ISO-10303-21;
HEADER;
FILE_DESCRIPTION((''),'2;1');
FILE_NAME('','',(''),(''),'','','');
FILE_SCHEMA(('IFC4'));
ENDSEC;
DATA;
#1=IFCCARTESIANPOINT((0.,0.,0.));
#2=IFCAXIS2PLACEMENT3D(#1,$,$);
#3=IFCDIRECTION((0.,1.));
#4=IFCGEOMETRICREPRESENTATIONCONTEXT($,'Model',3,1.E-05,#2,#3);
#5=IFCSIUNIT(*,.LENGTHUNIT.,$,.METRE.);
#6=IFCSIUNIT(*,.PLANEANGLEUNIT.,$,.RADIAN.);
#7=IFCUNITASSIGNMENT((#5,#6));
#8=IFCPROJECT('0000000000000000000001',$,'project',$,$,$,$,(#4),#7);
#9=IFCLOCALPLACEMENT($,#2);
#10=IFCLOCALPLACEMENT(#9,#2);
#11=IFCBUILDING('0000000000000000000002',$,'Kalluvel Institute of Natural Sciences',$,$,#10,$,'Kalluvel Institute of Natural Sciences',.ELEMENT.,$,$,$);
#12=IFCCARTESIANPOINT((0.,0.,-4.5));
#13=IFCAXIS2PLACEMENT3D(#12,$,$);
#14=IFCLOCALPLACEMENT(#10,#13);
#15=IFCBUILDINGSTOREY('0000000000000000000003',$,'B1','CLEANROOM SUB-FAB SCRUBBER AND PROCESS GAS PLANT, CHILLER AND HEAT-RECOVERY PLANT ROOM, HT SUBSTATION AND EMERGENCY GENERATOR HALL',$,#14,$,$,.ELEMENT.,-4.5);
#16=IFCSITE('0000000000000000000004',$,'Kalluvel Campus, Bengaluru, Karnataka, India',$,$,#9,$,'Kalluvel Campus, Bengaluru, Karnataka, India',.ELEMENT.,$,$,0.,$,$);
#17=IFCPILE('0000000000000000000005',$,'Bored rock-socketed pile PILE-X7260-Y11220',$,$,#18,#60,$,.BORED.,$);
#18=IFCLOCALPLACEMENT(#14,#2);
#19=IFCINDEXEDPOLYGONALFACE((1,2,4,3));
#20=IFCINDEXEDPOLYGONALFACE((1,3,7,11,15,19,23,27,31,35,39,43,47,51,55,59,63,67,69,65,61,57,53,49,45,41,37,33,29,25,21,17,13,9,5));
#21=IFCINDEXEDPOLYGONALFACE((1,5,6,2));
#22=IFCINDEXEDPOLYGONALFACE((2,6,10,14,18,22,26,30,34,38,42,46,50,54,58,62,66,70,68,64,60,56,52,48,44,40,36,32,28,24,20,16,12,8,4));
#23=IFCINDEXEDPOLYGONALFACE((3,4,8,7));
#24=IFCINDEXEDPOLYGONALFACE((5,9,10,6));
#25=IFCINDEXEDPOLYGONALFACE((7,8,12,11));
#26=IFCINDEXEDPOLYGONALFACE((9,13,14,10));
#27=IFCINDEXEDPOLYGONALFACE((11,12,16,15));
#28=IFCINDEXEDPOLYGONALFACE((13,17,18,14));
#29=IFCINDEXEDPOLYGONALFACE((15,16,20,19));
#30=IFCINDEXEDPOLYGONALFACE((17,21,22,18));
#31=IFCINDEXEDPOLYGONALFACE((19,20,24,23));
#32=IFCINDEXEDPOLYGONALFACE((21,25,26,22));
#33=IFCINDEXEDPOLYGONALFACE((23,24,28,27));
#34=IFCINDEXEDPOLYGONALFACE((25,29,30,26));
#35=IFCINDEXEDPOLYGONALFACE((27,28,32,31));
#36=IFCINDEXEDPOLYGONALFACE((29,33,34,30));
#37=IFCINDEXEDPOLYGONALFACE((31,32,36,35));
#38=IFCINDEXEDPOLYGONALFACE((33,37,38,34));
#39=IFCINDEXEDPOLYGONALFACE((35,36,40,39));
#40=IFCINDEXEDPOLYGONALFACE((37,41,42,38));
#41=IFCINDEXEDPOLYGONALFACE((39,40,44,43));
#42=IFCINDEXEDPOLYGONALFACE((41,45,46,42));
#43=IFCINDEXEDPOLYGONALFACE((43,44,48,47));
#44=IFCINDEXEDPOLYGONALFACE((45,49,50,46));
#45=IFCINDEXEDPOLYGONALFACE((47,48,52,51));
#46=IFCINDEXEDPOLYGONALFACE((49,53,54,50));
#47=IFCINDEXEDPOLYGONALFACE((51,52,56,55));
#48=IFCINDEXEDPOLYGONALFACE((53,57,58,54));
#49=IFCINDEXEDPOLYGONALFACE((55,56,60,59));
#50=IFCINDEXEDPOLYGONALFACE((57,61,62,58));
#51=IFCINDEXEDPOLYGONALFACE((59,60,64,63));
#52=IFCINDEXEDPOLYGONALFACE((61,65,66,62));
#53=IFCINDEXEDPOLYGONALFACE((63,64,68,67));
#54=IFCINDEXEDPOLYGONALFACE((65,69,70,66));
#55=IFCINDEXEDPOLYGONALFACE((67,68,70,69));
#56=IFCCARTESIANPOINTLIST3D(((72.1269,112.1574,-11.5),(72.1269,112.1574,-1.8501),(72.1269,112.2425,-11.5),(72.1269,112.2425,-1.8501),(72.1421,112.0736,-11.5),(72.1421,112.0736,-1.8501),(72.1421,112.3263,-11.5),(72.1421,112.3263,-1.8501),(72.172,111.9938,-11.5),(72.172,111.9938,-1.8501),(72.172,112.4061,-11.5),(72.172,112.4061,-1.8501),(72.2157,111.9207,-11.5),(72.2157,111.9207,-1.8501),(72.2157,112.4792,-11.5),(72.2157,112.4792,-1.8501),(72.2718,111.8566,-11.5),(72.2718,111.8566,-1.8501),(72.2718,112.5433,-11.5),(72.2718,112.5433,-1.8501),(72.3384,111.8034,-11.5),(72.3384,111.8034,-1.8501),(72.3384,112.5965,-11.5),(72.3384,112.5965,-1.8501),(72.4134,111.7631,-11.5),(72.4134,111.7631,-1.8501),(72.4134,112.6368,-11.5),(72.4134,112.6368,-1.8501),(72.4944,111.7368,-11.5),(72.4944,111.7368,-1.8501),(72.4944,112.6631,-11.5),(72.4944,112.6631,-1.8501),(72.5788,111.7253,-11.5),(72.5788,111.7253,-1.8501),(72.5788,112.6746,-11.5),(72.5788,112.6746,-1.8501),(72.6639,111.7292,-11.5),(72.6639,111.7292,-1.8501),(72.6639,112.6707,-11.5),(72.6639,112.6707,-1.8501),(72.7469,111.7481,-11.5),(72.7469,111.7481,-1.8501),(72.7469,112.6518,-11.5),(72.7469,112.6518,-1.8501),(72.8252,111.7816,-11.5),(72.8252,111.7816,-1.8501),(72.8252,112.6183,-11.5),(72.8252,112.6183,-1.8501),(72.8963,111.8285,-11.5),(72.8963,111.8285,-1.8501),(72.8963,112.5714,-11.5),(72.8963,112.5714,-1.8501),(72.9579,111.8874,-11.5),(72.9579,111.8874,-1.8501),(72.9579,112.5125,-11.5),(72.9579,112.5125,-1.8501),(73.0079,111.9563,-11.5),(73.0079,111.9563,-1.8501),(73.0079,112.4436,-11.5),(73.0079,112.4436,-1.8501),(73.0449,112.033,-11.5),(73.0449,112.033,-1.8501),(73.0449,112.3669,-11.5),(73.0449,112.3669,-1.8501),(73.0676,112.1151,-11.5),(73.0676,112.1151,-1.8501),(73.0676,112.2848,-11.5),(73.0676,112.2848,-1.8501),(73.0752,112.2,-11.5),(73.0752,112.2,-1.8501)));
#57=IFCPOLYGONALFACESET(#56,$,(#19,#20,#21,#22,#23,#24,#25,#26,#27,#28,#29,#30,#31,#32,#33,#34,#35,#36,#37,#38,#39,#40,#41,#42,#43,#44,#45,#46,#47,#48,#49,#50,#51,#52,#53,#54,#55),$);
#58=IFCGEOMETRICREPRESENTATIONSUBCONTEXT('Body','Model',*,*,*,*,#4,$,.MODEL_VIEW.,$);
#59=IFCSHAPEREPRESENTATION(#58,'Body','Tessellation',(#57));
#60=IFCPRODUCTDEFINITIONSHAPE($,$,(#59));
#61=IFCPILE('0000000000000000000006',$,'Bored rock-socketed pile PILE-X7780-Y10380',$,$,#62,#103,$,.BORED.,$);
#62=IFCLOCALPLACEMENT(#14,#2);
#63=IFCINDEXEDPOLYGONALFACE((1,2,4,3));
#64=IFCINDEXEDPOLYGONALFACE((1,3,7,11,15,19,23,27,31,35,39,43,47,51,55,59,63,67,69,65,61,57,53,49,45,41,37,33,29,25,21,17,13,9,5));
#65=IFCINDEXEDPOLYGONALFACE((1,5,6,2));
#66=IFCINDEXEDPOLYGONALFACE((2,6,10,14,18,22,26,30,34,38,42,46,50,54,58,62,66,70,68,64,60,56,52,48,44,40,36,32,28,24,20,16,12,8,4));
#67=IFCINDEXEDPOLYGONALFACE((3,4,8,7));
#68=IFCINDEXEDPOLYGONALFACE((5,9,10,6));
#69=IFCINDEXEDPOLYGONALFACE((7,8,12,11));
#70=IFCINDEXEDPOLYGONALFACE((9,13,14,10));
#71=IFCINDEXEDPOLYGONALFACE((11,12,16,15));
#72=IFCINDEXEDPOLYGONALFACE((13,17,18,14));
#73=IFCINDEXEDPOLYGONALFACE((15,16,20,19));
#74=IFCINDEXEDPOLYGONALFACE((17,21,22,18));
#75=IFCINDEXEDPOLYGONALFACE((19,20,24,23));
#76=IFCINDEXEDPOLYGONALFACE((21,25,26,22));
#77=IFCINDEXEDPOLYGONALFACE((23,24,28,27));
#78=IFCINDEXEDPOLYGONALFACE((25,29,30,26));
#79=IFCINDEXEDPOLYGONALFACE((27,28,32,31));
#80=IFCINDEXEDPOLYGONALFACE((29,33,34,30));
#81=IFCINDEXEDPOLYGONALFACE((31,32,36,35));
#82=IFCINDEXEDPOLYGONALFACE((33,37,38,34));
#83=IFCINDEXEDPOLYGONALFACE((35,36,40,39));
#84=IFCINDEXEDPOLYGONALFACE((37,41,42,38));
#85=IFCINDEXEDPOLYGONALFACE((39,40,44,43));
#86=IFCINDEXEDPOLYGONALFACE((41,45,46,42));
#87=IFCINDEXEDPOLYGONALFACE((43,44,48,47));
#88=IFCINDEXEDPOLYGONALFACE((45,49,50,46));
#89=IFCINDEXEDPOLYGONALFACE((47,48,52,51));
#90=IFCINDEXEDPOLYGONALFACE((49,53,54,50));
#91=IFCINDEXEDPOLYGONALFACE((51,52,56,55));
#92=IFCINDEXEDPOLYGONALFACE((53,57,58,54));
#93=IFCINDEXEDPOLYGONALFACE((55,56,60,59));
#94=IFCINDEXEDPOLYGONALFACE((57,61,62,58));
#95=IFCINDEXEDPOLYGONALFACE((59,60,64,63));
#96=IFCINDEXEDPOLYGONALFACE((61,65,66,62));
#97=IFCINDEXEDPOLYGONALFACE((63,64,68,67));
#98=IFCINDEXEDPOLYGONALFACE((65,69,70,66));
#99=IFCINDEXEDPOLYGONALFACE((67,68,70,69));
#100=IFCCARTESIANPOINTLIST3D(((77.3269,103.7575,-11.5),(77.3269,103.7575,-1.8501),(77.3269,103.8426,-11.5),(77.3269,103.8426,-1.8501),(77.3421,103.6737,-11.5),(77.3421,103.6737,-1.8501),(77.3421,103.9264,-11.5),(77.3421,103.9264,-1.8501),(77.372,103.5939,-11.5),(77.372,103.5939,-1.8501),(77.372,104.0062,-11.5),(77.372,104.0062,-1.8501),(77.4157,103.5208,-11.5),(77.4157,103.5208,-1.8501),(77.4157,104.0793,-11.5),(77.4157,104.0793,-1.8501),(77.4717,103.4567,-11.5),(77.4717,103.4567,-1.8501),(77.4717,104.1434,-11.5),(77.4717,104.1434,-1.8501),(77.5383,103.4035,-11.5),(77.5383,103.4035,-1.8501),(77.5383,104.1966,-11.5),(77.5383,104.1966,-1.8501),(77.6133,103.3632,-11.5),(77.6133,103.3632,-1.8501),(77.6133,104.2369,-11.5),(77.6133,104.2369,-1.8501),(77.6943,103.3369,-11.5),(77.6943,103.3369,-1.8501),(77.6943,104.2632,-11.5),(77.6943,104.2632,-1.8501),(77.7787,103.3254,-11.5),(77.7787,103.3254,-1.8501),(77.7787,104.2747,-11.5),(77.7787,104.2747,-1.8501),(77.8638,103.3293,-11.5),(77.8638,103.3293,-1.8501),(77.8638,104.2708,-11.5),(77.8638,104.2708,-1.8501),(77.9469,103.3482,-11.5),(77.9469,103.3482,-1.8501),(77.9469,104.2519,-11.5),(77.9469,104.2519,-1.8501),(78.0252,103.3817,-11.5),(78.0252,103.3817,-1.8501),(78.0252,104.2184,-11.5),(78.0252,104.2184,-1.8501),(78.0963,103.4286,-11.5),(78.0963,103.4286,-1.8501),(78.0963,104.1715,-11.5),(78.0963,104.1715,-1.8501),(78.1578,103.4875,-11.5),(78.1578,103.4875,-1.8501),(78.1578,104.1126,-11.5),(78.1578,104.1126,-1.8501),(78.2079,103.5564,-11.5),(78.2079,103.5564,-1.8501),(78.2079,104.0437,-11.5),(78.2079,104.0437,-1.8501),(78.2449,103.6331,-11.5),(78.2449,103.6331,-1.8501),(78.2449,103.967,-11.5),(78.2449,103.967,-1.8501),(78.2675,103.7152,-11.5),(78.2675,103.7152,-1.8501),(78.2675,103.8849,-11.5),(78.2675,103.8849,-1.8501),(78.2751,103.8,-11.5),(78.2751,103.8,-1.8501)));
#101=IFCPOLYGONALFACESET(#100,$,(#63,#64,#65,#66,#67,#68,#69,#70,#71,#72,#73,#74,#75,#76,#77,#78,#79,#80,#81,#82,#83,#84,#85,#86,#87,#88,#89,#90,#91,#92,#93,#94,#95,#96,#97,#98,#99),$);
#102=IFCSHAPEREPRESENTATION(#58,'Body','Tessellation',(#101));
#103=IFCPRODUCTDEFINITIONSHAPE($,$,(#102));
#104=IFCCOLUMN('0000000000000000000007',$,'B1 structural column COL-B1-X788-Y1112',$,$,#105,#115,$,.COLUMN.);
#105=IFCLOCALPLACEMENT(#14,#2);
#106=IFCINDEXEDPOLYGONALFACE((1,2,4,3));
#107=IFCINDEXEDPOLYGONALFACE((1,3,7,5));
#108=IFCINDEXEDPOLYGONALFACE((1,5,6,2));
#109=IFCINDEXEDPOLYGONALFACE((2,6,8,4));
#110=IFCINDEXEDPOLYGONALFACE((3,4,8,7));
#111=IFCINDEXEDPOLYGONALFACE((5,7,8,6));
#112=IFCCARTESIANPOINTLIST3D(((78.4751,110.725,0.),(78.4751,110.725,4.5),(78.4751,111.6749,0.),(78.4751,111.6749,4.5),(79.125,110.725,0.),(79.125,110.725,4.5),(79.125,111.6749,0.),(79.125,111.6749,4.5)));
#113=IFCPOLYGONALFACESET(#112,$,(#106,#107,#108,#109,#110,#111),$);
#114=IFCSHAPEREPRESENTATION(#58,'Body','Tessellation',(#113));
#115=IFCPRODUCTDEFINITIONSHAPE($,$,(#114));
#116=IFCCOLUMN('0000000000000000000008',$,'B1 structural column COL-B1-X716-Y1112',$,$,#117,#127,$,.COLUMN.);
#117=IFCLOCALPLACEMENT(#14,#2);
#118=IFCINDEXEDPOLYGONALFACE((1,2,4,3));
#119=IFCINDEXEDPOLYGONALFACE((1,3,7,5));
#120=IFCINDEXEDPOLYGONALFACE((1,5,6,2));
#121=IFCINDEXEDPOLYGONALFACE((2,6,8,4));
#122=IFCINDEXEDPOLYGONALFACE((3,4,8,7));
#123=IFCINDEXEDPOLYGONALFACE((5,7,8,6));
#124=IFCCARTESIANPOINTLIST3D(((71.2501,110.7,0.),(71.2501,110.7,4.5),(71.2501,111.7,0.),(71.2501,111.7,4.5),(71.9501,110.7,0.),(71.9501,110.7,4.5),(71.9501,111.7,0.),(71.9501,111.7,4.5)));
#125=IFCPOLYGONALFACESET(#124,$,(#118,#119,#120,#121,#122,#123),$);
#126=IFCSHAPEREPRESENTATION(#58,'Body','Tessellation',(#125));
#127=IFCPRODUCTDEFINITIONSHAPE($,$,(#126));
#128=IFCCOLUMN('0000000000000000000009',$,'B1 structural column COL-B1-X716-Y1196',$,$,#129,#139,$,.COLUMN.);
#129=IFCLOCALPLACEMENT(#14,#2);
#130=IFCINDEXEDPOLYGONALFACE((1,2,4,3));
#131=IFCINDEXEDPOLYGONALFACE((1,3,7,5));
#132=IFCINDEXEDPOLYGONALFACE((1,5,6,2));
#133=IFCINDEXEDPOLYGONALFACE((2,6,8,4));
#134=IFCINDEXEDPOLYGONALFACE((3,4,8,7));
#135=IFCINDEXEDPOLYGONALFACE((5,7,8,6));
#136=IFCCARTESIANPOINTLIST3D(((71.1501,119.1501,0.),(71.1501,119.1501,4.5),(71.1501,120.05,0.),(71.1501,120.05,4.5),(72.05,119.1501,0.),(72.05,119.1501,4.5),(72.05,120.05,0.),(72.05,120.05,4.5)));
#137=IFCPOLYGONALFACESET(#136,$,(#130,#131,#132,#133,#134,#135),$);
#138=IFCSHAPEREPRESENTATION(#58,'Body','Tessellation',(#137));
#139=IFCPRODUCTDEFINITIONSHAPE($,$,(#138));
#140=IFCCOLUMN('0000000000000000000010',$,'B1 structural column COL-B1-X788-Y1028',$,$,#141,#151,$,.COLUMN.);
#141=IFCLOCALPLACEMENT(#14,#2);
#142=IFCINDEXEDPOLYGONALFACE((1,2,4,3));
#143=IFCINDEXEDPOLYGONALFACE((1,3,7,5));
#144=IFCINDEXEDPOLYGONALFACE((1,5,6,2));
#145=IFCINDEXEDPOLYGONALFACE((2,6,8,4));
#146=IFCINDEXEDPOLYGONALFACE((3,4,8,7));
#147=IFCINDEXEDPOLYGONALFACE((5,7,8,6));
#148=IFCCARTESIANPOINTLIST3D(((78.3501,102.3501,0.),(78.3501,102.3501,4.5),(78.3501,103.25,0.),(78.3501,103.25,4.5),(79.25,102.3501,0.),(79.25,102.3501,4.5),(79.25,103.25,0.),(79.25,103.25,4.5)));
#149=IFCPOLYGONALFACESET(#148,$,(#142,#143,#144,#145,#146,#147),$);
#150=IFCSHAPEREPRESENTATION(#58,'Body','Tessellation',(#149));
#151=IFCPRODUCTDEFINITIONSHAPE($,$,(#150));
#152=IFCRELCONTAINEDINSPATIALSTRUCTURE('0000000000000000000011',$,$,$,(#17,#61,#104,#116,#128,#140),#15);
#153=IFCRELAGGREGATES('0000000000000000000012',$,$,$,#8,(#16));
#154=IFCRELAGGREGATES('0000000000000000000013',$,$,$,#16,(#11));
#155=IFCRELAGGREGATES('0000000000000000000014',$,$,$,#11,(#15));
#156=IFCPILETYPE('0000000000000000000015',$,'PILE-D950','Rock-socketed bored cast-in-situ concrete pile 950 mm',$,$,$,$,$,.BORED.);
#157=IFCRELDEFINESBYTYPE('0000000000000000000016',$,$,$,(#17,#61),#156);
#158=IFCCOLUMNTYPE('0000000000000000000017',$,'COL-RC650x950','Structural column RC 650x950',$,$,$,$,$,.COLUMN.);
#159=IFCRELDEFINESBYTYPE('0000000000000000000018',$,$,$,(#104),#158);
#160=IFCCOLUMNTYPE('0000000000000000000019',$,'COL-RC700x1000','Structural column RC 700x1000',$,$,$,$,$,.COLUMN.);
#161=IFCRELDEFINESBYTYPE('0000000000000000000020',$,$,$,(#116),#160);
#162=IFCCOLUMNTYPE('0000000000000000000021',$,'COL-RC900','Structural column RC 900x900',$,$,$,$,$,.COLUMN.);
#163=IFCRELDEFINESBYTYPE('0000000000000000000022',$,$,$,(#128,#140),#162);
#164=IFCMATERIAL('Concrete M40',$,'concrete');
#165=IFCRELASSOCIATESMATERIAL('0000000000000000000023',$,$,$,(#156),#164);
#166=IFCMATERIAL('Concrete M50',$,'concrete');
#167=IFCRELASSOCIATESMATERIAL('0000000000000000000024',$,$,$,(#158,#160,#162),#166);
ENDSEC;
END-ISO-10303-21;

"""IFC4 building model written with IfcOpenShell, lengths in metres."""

from ifc_helpers import new_model, si_unit, direction, frame, origin, origin_2d, place, context, subcontext, project, spatial, rectangle, circle, extrude, material, material_profile, profile_set, type_object, element, save


model = new_model("IFC4")

# Units and contexts
model_context = context("Model", 3, precision=1e-05, world=origin(), true_north=direction((0.0, 1.0)))
body_context = subcontext(model_context, "Body", "Model", "MODEL_VIEW")
ifc_project = project(units=[si_unit("LENGTHUNIT", "METRE"), si_unit("PLANEANGLEUNIT", "RADIAN")], contexts=[model_context])

# Site, building, storey
site_placement = place(None, origin())
site = spatial("IfcSite", under=ifc_project, at=site_placement, Name="Kalluvel Campus, Bengaluru, Karnataka, India", LongName="Kalluvel Campus, Bengaluru, Karnataka, India", CompositionType="ELEMENT", RefElevation=0.0)
building_placement = place(site_placement, origin())
building = spatial("IfcBuilding", under=site, at=building_placement, Name="Kalluvel Institute of Natural Sciences", LongName="Kalluvel Institute of Natural Sciences", CompositionType="ELEMENT")
storey_placement = place(building_placement, frame((0.0, 0.0, -4.5)))
storey = spatial("IfcBuildingStorey", under=building, at=storey_placement, Name="B1", Description="CLEANROOM SUB-FAB SCRUBBER AND PROCESS GAS PLANT, CHILLER AND HEAT-RECOVERY PLANT ROOM, HT SUBSTATION AND EMERGENCY GENERATOR HALL", CompositionType="ELEMENT", Elevation=-4.5)

# Shared definitions
ifc_material_1 = material(Name="Concrete M40", Category="concrete")

# Piles
ifc_material_profile_1 = material_profile(ifc_material_1, circle(Radius=0.4751, at=origin_2d()), Name="PILE D950")
ifc_profile_set_1 = profile_set([ifc_material_profile_1], Name="Concrete M40")
pile_type_1 = type_object("IfcPileType", Name="PILE-D950", Description="Rock-socketed bored cast-in-situ concrete pile 950 mm", PredefinedType="BORED", material=ifc_profile_set_1)
for number, where, z_axis, x_axis, name in (
    (1, (72.6001, 112.2, -1.8501), (0.0, 0.0, -1.0), (1.0, 0.0, 0.0), "Bored rock-socketed pile PILE-X7260-Y11220"),
    (2, (77.8, 103.8, -1.8501), (0.0, 0.0, -1.0), (1.0, 0.0, 0.0), "Bored rock-socketed pile PILE-X7780-Y10380"),
):
    element("IfcPile", number, at=place(storey_placement, frame(where, z_axis=z_axis, x_axis=x_axis)), inside=storey, type_object=pile_type_1, Name=name, PredefinedType="BORED", context=body_context, shape_type="SweptSolid", body=[
        extrude(circle(Radius=0.4751, at=origin_2d()), origin(), (0.0, 0.0, 1.0), 9.6499),
    ])

# Columns
ifc_material_2 = material(Name="Concrete M50", Category="concrete")
ifc_material_profile_2 = material_profile(ifc_material_2, rectangle(XDim=0.6499, YDim=0.95, at=origin_2d()), Name="RC 650x950")
ifc_profile_set_2 = profile_set([ifc_material_profile_2], Name="Concrete M50")
column_type_1 = type_object("IfcColumnType", Name="COL-RC650x950", Description="Structural column RC 650x950", PredefinedType="COLUMN", material=ifc_profile_set_2)
column_1_placement = place(storey_placement, frame((78.8, 111.2, 0.0), z_axis=(0.0, 0.0, 1.0), x_axis=(1.0, 0.0, 0.0)))
element("IfcColumn", 3, at=column_1_placement, inside=storey, type_object=column_type_1, Name="B1 structural column COL-B1-X788-Y1112", PredefinedType="COLUMN", context=body_context, shape_type="SweptSolid", body=[
    extrude(rectangle(XDim=0.6499, YDim=0.95, at=origin_2d()), origin(), (0.0, 0.0, 1.0), 4.5),
])
ifc_material_profile_3 = material_profile(ifc_material_2, rectangle(XDim=0.7, YDim=1.0, at=origin_2d()), Name="RC 700x1000")
ifc_profile_set_3 = profile_set([ifc_material_profile_3], Name="Concrete M50")
column_type_2 = type_object("IfcColumnType", Name="COL-RC700x1000", Description="Structural column RC 700x1000", PredefinedType="COLUMN", material=ifc_profile_set_3)
column_2_placement = place(storey_placement, frame((71.6001, 111.2, 0.0), z_axis=(0.0, 0.0, 1.0), x_axis=(1.0, 0.0, 0.0)))
element("IfcColumn", 4, at=column_2_placement, inside=storey, type_object=column_type_2, Name="B1 structural column COL-B1-X716-Y1112", PredefinedType="COLUMN", context=body_context, shape_type="SweptSolid", body=[
    extrude(rectangle(XDim=0.7, YDim=1.0, at=origin_2d()), origin(), (0.0, 0.0, 1.0), 4.5),
])
ifc_material_profile_4 = material_profile(ifc_material_2, rectangle(XDim=0.8999, YDim=0.8999, at=origin_2d()), Name="RC 900x900")
ifc_profile_set_4 = profile_set([ifc_material_profile_4], Name="Concrete M50")
column_type_3 = type_object("IfcColumnType", Name="COL-RC900", Description="Structural column RC 900x900", PredefinedType="COLUMN", material=ifc_profile_set_4)
for number, where, z_axis, x_axis, name in (
    (5, (71.6001, 119.6001, 0.0), (0.0, 0.0, 1.0), (1.0, 0.0, 0.0), "B1 structural column COL-B1-X716-Y1196"),
    (6, (78.8, 102.8, 0.0), (0.0, 0.0, 1.0), (1.0, 0.0, 0.0), "B1 structural column COL-B1-X788-Y1028"),
):
    element("IfcColumn", number, at=place(storey_placement, frame(where, z_axis=z_axis, x_axis=x_axis)), inside=storey, type_object=column_type_3, Name=name, PredefinedType="COLUMN", context=body_context, shape_type="SweptSolid", body=[
        extrude(rectangle(XDim=0.8999, YDim=0.8999, at=origin_2d()), origin(), (0.0, 0.0, 1.0), 4.5),
    ])

save(model, "model.ifc")
